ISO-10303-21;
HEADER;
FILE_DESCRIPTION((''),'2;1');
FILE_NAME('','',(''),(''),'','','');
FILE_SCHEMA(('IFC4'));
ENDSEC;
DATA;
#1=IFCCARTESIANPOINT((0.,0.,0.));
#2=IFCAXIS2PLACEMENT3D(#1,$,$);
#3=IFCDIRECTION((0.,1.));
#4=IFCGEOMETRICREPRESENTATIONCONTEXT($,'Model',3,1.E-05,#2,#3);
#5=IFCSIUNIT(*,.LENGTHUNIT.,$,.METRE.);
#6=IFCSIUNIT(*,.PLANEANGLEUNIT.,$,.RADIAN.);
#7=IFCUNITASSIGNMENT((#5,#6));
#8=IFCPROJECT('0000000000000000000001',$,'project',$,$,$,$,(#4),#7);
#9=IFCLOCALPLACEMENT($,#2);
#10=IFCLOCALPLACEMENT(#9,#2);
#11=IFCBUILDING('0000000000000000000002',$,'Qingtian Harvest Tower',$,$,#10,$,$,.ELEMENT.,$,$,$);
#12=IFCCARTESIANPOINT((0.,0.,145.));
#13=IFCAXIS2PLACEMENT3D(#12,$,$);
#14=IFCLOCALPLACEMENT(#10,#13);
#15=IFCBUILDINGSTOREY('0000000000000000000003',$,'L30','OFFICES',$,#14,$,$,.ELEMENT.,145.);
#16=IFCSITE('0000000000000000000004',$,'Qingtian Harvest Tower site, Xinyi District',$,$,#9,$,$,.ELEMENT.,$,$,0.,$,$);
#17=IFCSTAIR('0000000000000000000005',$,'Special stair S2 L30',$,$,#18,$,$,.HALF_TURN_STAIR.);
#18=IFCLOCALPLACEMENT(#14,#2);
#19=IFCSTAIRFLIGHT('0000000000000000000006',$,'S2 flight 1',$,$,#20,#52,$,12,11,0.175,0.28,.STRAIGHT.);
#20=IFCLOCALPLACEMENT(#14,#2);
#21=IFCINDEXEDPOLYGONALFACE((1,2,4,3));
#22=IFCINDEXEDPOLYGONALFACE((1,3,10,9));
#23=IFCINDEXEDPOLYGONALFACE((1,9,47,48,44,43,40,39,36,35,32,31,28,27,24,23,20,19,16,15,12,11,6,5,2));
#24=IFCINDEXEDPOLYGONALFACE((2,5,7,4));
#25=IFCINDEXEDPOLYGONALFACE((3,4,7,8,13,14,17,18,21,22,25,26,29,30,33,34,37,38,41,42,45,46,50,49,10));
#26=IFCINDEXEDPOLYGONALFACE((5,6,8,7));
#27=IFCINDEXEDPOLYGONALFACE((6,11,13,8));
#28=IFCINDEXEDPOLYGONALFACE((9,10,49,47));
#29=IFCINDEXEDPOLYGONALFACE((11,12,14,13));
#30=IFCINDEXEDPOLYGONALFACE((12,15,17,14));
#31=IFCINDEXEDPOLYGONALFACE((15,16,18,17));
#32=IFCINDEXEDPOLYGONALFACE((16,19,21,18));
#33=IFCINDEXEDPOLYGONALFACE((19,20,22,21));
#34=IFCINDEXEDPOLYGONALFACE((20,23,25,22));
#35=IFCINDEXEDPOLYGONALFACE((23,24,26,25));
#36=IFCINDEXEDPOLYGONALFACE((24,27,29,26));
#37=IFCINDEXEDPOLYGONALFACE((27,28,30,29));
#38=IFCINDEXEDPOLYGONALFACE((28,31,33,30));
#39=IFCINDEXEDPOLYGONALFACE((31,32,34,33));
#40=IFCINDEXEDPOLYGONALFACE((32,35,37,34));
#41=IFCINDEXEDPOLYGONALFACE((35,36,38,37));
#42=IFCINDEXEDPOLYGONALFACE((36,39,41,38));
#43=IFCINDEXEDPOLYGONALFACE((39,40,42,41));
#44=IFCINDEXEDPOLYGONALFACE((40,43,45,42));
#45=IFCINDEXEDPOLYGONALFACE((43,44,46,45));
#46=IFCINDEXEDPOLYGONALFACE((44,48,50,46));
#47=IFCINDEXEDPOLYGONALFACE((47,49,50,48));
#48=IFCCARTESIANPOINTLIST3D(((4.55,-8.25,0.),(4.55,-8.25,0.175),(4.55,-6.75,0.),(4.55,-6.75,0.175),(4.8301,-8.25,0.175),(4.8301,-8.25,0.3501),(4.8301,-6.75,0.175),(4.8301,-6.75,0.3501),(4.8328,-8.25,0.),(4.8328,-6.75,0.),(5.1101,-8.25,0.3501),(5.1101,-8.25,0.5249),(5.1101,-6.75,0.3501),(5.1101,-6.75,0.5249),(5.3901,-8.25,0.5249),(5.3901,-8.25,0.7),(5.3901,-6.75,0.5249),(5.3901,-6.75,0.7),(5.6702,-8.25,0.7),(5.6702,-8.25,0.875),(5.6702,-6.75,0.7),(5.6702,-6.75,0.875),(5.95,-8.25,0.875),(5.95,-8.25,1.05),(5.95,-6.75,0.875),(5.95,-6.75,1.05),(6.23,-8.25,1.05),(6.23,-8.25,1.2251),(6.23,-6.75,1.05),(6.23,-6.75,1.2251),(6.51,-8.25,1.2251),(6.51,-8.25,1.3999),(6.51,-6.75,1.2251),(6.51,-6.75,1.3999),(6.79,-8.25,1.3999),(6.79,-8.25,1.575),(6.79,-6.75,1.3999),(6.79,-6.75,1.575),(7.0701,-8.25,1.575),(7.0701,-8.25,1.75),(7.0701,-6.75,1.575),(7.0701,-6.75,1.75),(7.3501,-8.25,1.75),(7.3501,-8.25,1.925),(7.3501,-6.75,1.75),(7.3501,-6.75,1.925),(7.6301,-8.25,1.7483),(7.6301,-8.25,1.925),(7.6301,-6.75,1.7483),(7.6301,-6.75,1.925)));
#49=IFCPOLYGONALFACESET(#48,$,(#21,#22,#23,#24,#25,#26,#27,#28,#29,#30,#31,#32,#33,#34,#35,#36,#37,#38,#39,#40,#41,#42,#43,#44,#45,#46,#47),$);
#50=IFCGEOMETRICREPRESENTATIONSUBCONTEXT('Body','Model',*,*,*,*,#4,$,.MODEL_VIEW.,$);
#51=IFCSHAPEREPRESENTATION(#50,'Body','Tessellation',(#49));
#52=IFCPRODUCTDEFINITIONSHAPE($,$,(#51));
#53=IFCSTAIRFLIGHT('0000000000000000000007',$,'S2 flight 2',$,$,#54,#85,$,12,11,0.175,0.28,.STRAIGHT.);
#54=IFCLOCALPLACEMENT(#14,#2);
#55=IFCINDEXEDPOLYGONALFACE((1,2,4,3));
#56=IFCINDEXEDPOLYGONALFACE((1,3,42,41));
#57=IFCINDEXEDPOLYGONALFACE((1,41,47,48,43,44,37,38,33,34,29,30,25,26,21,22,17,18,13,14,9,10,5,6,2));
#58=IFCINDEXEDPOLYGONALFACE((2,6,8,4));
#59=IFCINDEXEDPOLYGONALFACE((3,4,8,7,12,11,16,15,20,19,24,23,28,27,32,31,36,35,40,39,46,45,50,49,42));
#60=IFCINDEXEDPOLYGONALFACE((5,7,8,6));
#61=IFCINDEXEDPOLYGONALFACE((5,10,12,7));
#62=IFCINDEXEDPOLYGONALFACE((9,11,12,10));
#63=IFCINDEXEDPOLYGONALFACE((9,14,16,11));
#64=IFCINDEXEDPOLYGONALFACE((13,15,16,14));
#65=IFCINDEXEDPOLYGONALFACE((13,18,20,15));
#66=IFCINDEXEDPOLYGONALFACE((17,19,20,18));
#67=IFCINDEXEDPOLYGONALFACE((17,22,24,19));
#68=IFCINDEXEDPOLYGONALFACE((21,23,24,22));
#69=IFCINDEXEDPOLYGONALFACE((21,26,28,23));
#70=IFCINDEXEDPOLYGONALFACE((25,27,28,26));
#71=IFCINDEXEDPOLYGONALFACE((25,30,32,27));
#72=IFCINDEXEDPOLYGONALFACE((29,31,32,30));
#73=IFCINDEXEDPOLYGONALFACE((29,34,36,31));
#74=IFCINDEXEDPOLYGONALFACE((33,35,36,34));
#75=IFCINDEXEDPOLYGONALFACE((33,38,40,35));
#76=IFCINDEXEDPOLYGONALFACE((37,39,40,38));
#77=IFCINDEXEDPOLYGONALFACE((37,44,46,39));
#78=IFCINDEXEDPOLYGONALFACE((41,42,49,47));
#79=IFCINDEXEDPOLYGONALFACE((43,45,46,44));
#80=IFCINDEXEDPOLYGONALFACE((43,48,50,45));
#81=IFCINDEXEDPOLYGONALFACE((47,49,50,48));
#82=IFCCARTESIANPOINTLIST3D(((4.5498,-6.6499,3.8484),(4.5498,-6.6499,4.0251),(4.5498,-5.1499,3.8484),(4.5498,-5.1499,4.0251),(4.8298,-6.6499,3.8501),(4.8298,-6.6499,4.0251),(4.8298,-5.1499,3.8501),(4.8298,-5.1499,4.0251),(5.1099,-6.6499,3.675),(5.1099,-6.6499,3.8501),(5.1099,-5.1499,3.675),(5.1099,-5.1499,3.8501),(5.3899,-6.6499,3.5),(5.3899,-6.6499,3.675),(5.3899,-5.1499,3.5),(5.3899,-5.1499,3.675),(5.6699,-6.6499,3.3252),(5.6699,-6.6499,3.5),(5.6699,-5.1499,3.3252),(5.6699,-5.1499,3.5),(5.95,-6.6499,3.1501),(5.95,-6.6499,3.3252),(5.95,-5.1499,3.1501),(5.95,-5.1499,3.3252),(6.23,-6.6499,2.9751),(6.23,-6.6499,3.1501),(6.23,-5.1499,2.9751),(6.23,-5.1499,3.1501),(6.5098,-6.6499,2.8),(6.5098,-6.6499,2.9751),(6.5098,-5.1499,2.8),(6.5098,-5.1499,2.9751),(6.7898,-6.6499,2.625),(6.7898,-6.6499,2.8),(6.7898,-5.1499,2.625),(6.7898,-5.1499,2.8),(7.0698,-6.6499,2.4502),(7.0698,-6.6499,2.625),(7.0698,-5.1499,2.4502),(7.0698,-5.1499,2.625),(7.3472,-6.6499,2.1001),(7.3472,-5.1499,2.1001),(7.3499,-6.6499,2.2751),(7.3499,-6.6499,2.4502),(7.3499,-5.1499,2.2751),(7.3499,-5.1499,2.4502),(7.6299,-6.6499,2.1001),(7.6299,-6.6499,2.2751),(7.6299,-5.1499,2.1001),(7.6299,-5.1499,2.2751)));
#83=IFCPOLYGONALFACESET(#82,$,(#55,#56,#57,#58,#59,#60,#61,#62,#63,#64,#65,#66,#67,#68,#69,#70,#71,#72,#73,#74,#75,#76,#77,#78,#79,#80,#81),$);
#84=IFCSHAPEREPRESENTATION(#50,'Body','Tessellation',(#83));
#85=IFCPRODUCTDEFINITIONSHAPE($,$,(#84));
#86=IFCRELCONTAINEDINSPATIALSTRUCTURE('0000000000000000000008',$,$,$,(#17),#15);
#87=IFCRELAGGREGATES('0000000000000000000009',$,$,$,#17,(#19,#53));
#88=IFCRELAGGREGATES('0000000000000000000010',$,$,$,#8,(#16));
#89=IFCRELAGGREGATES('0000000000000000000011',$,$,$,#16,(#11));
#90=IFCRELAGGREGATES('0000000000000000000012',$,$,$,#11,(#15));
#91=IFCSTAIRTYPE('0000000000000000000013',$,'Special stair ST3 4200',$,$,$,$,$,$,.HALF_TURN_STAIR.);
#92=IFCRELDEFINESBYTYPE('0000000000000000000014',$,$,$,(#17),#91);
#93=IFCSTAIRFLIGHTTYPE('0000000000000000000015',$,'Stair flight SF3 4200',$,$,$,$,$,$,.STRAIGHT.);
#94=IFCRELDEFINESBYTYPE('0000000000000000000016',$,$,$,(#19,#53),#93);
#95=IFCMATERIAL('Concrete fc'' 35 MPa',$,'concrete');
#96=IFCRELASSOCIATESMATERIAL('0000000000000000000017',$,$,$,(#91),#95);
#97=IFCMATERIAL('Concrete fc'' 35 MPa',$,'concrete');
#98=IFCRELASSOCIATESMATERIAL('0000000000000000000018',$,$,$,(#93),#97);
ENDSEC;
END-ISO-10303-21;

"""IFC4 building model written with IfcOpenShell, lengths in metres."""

from ifc_helpers import new_model, si_unit, direction, frame, origin, place, context, subcontext, project, spatial, polyline, outline, extrude, material, type_object, element, aggregate, save


model = new_model("IFC4")

# Units and contexts
model_context = context("Model", 3, precision=1e-05, world=origin(), true_north=direction((0.0, 1.0)))
body_context = subcontext(model_context, "Body", "Model", "MODEL_VIEW")
ifc_project = project(units=[si_unit("LENGTHUNIT", "METRE"), si_unit("PLANEANGLEUNIT", "RADIAN")], contexts=[model_context])

# Site, building, storey
site_placement = place(None, origin())
site = spatial("IfcSite", under=ifc_project, at=site_placement, Name="Qingtian Harvest Tower site, Xinyi District", CompositionType="ELEMENT", RefElevation=0.0)
building_placement = place(site_placement, origin())
building = spatial("IfcBuilding", under=site, at=building_placement, Name="Qingtian Harvest Tower", CompositionType="ELEMENT")
storey_placement = place(building_placement, frame((0.0, 0.0, 145.0)))
storey = spatial("IfcBuildingStorey", under=building, at=storey_placement, Name="L30", Description="OFFICES", CompositionType="ELEMENT", Elevation=145.0)

# Stair, stair flights
ifc_material_1 = material(Name="Concrete fc' 35 MPa", Category="concrete")
stair_type = type_object("IfcStairType", Name="Special stair ST3 4200", PredefinedType="HALF_TURN_STAIR", material=ifc_material_1)
stair_placement = place(storey_placement, origin())
stair = element("IfcStair", 1, at=stair_placement, inside=storey, type_object=stair_type, Name="Special stair S2 L30", PredefinedType="HALF_TURN_STAIR")
ifc_material_2 = material(Name="Concrete fc' 35 MPa", Category="concrete")
stair_flight_type = type_object("IfcStairFlightType", Name="Stair flight SF3 4200", PredefinedType="STRAIGHT", material=ifc_material_2)
stair_flight_1_placement = place(storey_placement, frame((4.55, -7.5, 0.0), z_axis=(0.0, 0.0, 1.0), x_axis=(1.0, 0.0, 0.0)))
stair_flight_1 = element("IfcStairFlight", 2, at=stair_flight_1_placement, type_object=stair_flight_type, Name="S2 flight 1", NumberOfRisers=12, NumberOfTreads=11, PredefinedType="STRAIGHT", RiserHeight=0.175, TreadLength=0.28, context=body_context, shape_type="SweptSolid", body=[
    extrude(outline(polyline([(0.0, 0.0), (0.0, 0.175), (0.28, 0.175), (0.28, 0.3501), (0.5601, 0.3501), (0.5601, 0.5249), (0.8401, 0.5249), (0.8401, 0.7), (1.1201, 0.7), (1.1201, 0.875), (1.3999, 0.875), (1.3999, 1.05), (1.6799, 1.05), (1.6799, 1.2251), (1.96, 1.2251), (1.96, 1.3999), (2.24, 1.3999), (2.24, 1.575), (2.52, 1.575), (2.52, 1.75), (2.8, 1.75), (2.8, 1.925), (3.0801, 1.925), (3.0801, 2.1001), (3.0801, 1.7483), (0.2827, 0.0), (0.0, 0.0)])), frame((0.0, 0.75, 0.0), z_axis=(0.0, -1.0, 0.0), x_axis=(1.0, 0.0, 0.0)), (0.0, 0.0, 1.0), 1.5),
])
stair_flight_2_placement = place(storey_placement, frame((7.6299, -5.8999, 2.1001), z_axis=(0.0, 0.0, 1.0), x_axis=(-1.0, 0.0, 0.0)))
stair_flight_2 = element("IfcStairFlight", 3, at=stair_flight_2_placement, type_object=stair_flight_type, Name="S2 flight 2", NumberOfRisers=12, NumberOfTreads=11, PredefinedType="STRAIGHT", RiserHeight=0.175, TreadLength=0.28, context=body_context, shape_type="SweptSolid", body=[
    extrude(outline(polyline([(0.0, 0.0), (0.0, 0.175), (0.28, 0.175), (0.28, 0.3501), (0.5601, 0.3501), (0.5601, 0.5249), (0.8401, 0.5249), (0.8401, 0.7), (1.1201, 0.7), (1.1201, 0.875), (1.3999, 0.875), (1.3999, 1.05), (1.6799, 1.05), (1.6799, 1.2251), (1.96, 1.2251), (1.96, 1.3999), (2.24, 1.3999), (2.24, 1.575), (2.52, 1.575), (2.52, 1.75), (2.8, 1.75), (2.8, 1.925), (3.0801, 1.925), (3.0801, 2.1001), (3.0801, 1.7483), (0.2827, 0.0), (0.0, 0.0)])), frame((0.0, 0.75, 0.0), z_axis=(0.0, -1.0, 0.0), x_axis=(1.0, 0.0, 0.0)), (0.0, 0.0, 1.0), 1.5),
])
aggregate(stair, [stair_flight_1, stair_flight_2])

save(model, "model.ifc")
